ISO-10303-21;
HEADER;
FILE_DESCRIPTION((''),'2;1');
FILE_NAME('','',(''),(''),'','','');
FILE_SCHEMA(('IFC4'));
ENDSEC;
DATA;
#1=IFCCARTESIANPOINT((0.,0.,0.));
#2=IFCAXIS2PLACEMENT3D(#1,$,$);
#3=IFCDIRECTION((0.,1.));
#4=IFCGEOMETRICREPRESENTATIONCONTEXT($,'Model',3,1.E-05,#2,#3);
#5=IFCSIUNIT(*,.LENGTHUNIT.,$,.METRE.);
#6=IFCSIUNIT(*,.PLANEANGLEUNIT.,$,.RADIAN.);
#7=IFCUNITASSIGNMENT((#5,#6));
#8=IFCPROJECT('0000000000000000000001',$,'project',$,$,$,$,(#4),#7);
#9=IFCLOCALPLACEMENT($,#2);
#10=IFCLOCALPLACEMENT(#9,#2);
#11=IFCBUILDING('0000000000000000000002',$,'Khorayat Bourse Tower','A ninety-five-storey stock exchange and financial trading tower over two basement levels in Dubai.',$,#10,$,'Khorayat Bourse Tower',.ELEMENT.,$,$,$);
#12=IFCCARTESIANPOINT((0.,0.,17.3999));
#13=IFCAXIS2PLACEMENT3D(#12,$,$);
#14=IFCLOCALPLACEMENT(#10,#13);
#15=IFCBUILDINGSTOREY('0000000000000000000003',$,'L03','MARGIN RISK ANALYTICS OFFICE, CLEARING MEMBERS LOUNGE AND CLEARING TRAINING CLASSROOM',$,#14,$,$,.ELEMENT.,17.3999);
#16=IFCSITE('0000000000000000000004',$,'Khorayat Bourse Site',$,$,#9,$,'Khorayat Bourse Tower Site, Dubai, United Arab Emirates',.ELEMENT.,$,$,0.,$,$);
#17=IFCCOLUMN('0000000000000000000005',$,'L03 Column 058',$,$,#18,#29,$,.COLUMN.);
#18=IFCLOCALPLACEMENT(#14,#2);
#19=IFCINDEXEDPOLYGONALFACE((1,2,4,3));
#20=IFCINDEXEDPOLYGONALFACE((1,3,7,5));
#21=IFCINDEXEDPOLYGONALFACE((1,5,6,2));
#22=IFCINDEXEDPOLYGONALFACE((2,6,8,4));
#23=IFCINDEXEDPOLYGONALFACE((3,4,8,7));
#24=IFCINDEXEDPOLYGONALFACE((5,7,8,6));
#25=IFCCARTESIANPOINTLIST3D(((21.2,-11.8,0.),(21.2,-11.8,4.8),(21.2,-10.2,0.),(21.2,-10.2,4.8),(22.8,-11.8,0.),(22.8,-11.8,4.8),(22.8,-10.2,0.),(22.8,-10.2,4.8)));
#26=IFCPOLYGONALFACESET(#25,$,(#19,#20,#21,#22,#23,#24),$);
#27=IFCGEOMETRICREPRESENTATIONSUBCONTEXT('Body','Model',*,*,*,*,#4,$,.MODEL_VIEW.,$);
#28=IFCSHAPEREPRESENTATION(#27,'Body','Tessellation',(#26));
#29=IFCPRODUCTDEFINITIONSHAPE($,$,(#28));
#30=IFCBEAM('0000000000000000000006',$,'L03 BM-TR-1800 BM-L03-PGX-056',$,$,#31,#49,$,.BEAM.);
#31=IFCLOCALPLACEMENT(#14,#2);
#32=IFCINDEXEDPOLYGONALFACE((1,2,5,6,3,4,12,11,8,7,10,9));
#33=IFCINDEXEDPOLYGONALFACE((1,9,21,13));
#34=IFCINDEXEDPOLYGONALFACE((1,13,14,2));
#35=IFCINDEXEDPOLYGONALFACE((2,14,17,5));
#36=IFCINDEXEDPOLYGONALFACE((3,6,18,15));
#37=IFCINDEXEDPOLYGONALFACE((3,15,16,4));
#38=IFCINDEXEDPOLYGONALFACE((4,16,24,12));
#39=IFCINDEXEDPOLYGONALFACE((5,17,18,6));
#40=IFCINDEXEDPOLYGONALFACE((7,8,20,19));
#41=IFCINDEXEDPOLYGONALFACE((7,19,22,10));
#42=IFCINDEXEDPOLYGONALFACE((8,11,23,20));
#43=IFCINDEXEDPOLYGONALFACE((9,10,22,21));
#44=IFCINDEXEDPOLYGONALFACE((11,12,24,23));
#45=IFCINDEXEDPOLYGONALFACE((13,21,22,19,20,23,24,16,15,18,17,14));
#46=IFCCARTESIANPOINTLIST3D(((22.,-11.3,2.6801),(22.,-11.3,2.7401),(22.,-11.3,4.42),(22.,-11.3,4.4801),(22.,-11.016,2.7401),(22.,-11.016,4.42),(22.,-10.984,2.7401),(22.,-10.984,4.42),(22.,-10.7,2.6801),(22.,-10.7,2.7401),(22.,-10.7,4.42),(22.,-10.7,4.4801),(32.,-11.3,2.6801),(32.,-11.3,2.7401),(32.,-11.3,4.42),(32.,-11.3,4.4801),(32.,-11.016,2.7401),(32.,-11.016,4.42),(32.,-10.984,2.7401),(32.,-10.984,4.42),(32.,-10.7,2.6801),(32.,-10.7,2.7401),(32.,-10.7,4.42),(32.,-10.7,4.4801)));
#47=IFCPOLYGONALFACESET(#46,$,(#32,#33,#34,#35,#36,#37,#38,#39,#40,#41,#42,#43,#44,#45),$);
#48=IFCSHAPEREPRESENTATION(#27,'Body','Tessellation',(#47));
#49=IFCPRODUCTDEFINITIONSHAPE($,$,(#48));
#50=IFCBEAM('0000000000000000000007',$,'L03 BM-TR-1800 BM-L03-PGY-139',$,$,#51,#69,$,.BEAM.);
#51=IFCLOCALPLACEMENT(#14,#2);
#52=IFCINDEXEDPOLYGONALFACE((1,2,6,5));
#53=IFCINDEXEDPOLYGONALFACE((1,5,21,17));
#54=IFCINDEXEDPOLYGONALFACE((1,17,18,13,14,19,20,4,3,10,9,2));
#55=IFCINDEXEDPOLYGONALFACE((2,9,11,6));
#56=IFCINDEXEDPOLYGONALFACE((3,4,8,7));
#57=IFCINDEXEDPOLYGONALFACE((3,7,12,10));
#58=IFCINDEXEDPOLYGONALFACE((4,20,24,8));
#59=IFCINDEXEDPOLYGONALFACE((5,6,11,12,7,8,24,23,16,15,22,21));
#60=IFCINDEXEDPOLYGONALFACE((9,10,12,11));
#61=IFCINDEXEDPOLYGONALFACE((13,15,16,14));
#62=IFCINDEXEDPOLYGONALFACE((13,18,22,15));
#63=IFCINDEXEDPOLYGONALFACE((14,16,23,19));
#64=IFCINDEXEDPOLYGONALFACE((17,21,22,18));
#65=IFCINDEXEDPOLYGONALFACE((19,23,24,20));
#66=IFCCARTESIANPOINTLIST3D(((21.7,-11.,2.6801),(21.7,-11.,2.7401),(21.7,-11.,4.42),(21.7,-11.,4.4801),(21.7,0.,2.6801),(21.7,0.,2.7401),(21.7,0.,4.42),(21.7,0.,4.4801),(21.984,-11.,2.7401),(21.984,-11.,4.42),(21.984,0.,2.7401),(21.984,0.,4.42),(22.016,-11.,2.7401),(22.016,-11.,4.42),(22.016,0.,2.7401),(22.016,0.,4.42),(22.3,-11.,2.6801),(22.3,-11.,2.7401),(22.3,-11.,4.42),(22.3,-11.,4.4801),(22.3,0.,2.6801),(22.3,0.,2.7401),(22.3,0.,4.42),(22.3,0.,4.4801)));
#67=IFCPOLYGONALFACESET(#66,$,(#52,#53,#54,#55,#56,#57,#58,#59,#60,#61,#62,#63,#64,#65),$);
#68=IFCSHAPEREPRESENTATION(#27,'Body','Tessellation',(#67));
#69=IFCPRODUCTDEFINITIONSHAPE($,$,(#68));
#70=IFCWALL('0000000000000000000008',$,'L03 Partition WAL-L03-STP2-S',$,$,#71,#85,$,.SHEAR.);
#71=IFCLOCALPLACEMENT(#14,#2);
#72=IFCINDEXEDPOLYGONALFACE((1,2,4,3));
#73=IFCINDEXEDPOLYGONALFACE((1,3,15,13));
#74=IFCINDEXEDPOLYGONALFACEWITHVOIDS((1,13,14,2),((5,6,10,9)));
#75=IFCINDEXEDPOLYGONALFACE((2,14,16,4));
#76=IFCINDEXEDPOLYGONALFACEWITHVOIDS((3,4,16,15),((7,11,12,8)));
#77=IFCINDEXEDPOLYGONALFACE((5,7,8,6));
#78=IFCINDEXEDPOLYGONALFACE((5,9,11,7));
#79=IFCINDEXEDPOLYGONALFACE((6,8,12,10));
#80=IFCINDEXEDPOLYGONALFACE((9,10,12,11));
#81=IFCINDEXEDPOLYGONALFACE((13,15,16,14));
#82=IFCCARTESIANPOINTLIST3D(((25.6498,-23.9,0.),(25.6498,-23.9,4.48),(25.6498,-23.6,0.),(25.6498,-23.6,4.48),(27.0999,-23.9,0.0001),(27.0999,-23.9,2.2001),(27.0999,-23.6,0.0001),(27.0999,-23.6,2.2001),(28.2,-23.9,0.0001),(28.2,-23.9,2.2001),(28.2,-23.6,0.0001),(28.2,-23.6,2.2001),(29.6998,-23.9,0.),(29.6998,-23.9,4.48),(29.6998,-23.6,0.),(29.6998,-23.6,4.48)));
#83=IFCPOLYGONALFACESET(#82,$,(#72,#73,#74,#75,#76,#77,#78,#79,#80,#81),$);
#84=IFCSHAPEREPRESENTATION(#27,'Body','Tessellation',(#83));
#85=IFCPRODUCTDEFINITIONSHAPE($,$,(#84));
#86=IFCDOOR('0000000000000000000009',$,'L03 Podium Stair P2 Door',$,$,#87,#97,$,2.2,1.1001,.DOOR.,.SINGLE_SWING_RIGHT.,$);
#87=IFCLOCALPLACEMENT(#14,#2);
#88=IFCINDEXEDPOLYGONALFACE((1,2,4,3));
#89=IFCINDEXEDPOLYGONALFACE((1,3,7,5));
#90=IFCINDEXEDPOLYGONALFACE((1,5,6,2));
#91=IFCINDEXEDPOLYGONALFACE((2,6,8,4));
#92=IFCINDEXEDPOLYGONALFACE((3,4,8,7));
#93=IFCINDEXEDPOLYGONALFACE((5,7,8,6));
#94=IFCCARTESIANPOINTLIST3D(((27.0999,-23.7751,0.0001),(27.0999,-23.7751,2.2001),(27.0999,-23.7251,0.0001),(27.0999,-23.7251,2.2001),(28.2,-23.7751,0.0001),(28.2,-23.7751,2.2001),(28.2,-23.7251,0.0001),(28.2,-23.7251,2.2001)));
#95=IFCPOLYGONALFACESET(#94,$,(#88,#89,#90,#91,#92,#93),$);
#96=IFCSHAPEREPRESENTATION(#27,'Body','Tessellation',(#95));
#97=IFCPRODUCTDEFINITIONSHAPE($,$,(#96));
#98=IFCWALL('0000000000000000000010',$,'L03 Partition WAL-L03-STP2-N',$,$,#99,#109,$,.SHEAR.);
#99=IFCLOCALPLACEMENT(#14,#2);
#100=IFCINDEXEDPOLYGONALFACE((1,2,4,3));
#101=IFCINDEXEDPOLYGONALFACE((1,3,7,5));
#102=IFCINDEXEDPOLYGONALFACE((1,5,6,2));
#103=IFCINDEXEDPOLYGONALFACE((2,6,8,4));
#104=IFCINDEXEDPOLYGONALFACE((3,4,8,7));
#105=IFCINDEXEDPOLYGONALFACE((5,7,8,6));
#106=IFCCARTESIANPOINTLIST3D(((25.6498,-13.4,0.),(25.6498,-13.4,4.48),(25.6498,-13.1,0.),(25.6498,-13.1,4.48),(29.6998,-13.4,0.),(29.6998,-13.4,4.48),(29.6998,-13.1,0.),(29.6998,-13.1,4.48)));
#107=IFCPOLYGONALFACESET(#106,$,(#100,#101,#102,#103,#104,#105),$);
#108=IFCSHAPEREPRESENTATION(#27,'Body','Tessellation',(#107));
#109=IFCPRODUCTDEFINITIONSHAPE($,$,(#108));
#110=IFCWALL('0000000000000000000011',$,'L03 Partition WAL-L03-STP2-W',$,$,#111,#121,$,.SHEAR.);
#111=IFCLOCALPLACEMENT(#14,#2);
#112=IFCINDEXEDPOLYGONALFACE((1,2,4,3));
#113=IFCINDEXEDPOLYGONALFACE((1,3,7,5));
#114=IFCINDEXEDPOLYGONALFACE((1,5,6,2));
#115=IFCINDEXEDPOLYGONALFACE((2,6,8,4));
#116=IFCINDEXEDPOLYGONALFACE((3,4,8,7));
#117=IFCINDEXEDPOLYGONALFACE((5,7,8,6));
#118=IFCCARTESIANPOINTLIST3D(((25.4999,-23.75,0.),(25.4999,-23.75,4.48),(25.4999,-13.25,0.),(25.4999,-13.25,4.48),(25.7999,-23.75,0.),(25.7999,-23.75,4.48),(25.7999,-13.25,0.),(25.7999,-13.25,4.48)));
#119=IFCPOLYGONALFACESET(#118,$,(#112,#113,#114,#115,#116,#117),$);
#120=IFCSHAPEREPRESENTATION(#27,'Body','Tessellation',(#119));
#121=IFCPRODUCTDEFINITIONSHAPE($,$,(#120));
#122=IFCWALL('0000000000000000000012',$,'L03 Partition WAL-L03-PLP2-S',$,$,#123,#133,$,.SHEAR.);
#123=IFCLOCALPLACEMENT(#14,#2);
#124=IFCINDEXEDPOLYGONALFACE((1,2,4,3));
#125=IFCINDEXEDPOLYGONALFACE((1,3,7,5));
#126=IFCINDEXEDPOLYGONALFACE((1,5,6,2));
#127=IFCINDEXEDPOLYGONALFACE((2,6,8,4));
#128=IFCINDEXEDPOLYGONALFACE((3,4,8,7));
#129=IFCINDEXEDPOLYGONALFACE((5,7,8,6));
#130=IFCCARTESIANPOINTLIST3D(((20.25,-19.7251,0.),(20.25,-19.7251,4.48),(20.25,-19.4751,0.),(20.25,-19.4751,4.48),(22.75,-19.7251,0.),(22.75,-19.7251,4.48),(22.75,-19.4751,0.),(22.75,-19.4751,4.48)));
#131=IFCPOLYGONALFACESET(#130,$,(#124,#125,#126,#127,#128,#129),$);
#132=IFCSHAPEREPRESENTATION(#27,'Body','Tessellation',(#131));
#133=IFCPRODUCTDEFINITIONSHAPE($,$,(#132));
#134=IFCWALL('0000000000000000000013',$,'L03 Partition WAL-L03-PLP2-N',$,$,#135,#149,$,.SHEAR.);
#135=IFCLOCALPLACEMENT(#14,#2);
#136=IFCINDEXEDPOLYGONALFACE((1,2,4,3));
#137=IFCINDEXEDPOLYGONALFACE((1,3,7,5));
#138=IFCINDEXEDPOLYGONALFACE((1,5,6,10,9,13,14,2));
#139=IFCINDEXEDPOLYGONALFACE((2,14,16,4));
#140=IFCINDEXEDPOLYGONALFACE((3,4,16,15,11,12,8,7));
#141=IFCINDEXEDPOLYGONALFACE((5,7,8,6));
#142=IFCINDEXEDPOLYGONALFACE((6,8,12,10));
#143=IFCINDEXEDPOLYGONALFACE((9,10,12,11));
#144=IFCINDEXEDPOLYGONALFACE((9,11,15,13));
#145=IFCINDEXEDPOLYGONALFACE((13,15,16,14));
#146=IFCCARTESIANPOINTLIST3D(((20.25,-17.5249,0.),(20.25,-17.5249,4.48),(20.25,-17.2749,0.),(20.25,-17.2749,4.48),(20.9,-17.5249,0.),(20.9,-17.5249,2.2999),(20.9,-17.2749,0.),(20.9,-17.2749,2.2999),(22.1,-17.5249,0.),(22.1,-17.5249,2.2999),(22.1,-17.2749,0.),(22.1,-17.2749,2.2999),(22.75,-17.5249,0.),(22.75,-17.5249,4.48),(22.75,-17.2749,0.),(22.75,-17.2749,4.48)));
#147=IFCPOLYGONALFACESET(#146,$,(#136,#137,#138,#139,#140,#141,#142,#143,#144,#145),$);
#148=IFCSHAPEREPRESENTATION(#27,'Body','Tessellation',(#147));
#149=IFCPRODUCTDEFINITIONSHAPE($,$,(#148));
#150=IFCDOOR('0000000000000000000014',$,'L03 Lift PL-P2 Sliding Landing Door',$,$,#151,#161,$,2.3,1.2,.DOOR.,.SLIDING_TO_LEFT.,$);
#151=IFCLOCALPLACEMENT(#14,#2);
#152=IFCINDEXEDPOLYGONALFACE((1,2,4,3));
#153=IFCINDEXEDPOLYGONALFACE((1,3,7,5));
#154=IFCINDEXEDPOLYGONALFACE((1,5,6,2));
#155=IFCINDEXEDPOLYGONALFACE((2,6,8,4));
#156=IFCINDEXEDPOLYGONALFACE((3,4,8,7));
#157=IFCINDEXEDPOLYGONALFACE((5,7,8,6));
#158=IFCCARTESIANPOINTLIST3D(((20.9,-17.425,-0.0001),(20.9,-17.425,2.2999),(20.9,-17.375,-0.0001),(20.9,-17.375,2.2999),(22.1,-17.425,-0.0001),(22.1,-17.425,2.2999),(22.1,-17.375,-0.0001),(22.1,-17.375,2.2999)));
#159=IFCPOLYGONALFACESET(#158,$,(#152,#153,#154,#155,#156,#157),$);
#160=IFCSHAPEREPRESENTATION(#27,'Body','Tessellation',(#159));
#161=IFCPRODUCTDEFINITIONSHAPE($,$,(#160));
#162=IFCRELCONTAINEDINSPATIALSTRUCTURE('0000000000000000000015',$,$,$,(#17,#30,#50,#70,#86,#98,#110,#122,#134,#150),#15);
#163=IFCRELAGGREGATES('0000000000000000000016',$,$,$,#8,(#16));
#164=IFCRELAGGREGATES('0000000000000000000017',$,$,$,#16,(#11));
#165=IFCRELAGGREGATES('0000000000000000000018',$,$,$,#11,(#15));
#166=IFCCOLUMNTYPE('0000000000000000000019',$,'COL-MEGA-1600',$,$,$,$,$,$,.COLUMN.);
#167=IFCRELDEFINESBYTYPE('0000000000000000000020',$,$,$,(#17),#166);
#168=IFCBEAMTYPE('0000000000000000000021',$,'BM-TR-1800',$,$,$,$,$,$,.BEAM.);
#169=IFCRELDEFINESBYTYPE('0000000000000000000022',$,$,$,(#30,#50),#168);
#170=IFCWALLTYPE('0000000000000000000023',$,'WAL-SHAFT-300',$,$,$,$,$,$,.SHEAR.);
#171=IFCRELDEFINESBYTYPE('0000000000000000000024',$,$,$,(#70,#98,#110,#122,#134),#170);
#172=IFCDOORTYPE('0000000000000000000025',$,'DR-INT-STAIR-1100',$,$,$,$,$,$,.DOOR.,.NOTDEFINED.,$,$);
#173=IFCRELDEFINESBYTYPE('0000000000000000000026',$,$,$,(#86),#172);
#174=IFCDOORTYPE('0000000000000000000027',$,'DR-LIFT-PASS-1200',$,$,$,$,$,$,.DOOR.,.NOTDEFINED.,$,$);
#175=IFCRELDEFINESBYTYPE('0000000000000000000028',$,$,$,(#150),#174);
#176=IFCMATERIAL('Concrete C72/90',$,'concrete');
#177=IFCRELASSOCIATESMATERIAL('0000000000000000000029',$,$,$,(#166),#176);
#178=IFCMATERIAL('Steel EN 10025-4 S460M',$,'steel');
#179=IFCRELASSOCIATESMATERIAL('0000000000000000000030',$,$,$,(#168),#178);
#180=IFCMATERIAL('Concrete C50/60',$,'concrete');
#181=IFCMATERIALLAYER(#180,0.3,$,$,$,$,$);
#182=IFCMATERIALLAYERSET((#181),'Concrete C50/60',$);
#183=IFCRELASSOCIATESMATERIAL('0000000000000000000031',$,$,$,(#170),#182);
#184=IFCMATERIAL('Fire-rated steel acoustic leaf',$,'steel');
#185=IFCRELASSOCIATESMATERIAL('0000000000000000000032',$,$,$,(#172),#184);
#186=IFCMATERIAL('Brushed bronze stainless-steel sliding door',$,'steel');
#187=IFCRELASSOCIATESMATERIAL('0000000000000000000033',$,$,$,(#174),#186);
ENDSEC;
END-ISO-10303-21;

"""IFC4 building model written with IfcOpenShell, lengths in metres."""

from ifc_helpers import new_model, si_unit, direction, frame, frame_2d, origin, origin_2d, place, context, subcontext, project, spatial, rectangle, i_section, extrude, source, transform, mapped, material, layer, layer_set, material_profile, profile_set, type_object, element, fill, save


model = new_model("IFC4")

# Units and contexts
model_context = context("Model", 3, precision=1e-05, world=origin(), true_north=direction((0.0, 1.0)))
body_context = subcontext(model_context, "Body", "Model", "MODEL_VIEW")
ifc_project = project(units=[si_unit("LENGTHUNIT", "METRE"), si_unit("PLANEANGLEUNIT", "RADIAN")], contexts=[model_context])

# Site, building, storey
site_placement = place(None, origin())
site = spatial("IfcSite", under=ifc_project, at=site_placement, Name="Khorayat Bourse Site", LongName="Khorayat Bourse Tower Site, Dubai, United Arab Emirates", CompositionType="ELEMENT", RefElevation=0.0)
building_placement = place(site_placement, origin())
building = spatial("IfcBuilding", under=site, at=building_placement, Name="Khorayat Bourse Tower", Description="A ninety-five-storey stock exchange and financial trading tower over two basement levels in Dubai.", LongName="Khorayat Bourse Tower", CompositionType="ELEMENT")
storey_placement = place(building_placement, frame((0.0, 0.0, 17.3999)))
storey = spatial("IfcBuildingStorey", under=building, at=storey_placement, Name="L03", Description="MARGIN RISK ANALYTICS OFFICE, CLEARING MEMBERS LOUNGE AND CLEARING TRAINING CLASSROOM", CompositionType="ELEMENT", Elevation=17.3999)

# Column
ifc_material_1 = material(Name="Concrete C72/90", Category="concrete")
ifc_material_profile_1 = material_profile(ifc_material_1, rectangle(XDim=1.6001, YDim=1.6001, at=origin_2d()), Name="RC 1600x1600")
ifc_profile_set_1 = profile_set([ifc_material_profile_1], Name="Concrete C72/90")
column_type = type_object("IfcColumnType", Name="COL-MEGA-1600", PredefinedType="COLUMN", material=ifc_profile_set_1)
shared_shape_1 = source(origin(), body_context, "Body", "SweptSolid", [
    extrude(rectangle(XDim=1.6001, YDim=1.6001, at=origin_2d()), origin(), (0.0, 0.0, 1.0), 4.8),
])
column_placement = place(storey_placement, frame((22.0, -11.0, 0.0), z_axis=(0.0, 0.0, 1.0), x_axis=(1.0, 0.0, 0.0)))
element("IfcColumn", 1, at=column_placement, inside=storey, type_object=column_type, Name="L03 Column 058", PredefinedType="COLUMN", context=body_context, shape_type="MappedRepresentation", body=[
    mapped(shared_shape_1, transform((0.0, 0.0, 0.0), scale=1.0)),
])

# Beams
ifc_material_2 = material(Name="Steel EN 10025-4 S460M", Category="steel")
ifc_material_profile_2 = material_profile(ifc_material_2, i_section(OverallWidth=0.6001, OverallDepth=1.8, WebThickness=0.032, FlangeThickness=0.0601, at=origin_2d()), Name="PG 1800x600x32x60")
ifc_profile_set_2 = profile_set([ifc_material_profile_2], Name="Steel EN 10025-4 S460M")
beam_type = type_object("IfcBeamType", Name="BM-TR-1800", PredefinedType="BEAM", material=ifc_profile_set_2)
shared_shape_2 = source(origin(), body_context, "Body", "SweptSolid", [
    extrude(i_section(OverallWidth=0.6001, OverallDepth=1.8, WebThickness=0.032, FlangeThickness=0.0601, at=origin_2d()), origin(), (0.0, 0.0, 1.0), 10.0),
])
beam_1_placement = place(storey_placement, frame((22.0, -11.0, 3.5801), z_axis=(1.0, 0.0, 0.0), x_axis=(0.0, 1.0, 0.0)))
element("IfcBeam", 2, at=beam_1_placement, inside=storey, type_object=beam_type, Name="L03 BM-TR-1800 BM-L03-PGX-056", PredefinedType="BEAM", context=body_context, shape_type="MappedRepresentation", body=[
    mapped(shared_shape_2, transform((0.0, 0.0, 0.0), scale=1.0)),
])
shared_shape_3 = source(origin(), body_context, "Body", "SweptSolid", [
    extrude(i_section(OverallWidth=0.6001, OverallDepth=1.8, WebThickness=0.032, FlangeThickness=0.0601, at=origin_2d()), origin(), (0.0, 0.0, 1.0), 11.0),
])
beam_2_placement = place(storey_placement, frame((22.0, -11.0, 3.5801), z_axis=(0.0, 1.0, 0.0), x_axis=(-1.0, 0.0, 0.0)))
element("IfcBeam", 3, at=beam_2_placement, inside=storey, type_object=beam_type, Name="L03 BM-TR-1800 BM-L03-PGY-139", PredefinedType="BEAM", context=body_context, shape_type="MappedRepresentation", body=[
    mapped(shared_shape_3, transform((0.0, 0.0, 0.0), scale=1.0)),
])

# Wall, opening, door
ifc_material_3 = material(Name="Concrete C50/60", Category="concrete")
ifc_layer_1 = layer(ifc_material_3, 0.3)
ifc_layer_set_1 = layer_set([ifc_layer_1], Name="Concrete C50/60")
wall_type_1 = type_object("IfcWallType", Name="WAL-SHAFT-300", PredefinedType="SHEAR", material=ifc_layer_set_1)
shared_shape_4 = source(origin(), body_context, "Body", "SweptSolid", [
    extrude(rectangle(XDim=4.05, YDim=0.3, at=frame_2d((2.0249, 0.0))), origin(), (0.0, 0.0, 1.0), 4.48),
])
wall_1_placement = place(storey_placement, frame((25.6499, -23.75, 0.0), z_axis=(0.0, 0.0, 1.0), x_axis=(1.0, 0.0, 0.0)))
wall_1 = element("IfcWall", 4, at=wall_1_placement, inside=storey, type_object=wall_type_1, Name="L03 Partition WAL-L03-STP2-S", PredefinedType="SHEAR", context=body_context, shape_type="MappedRepresentation", body=[
    mapped(shared_shape_4, transform((0.0, 0.0, 0.0), scale=1.0)),
])
shared_shape_5 = source(origin(), body_context, "Body", "SweptSolid", [
    extrude(rectangle(XDim=1.1001, YDim=2.2, at=frame_2d((0.55, 1.1001))), frame((0.0, 0.1599, 0.0), z_axis=(0.0, -1.0, 0.0), x_axis=(1.0, 0.0, 0.0)), (0.0, 0.0, 1.0), 0.3201),
])
opening_1_placement = place(wall_1_placement, frame((1.45, 0.0, 0.0)))
opening_1 = element("IfcOpeningElement", 5, at=opening_1_placement, cuts=wall_1, PredefinedType="OPENING", context=body_context, shape_type="MappedRepresentation", body=[
    mapped(shared_shape_5, transform((0.0, 0.0, 0.0), scale=1.0)),
])
ifc_material_4 = material(Name="Fire-rated steel acoustic leaf", Category="steel")
door_type_1 = type_object("IfcDoorType", Name="DR-INT-STAIR-1100", OperationType="NOTDEFINED", PredefinedType="DOOR", material=ifc_material_4)
shared_shape_6 = source(origin(), body_context, "Body", "SweptSolid", [
    extrude(rectangle(XDim=1.1001, YDim=2.2, at=frame_2d((0.55, 1.1001))), frame((0.0, 0.0249, 0.0), z_axis=(0.0, -1.0, 0.0), x_axis=(1.0, 0.0, 0.0)), (0.0, 0.0, 1.0), 0.05),
])
door_1_placement = place(opening_1_placement, origin())
door_1 = element("IfcDoor", 6, at=door_1_placement, inside=storey, type_object=door_type_1, Name="L03 Podium Stair P2 Door", OperationType="SINGLE_SWING_RIGHT", OverallHeight=2.2, OverallWidth=1.1001, PredefinedType="DOOR", context=body_context, shape_type="MappedRepresentation", body=[
    mapped(shared_shape_6, transform((0.0, 0.0, 0.0), scale=1.0)),
])
fill(opening_1, door_1)

# Walls
wall_2_placement = place(storey_placement, frame((25.6499, -13.25, 0.0), z_axis=(0.0, 0.0, 1.0), x_axis=(1.0, 0.0, 0.0)))
element("IfcWall", 7, at=wall_2_placement, inside=storey, type_object=wall_type_1, Name="L03 Partition WAL-L03-STP2-N", PredefinedType="SHEAR", context=body_context, shape_type="MappedRepresentation", body=[
    mapped(shared_shape_4, transform((0.0, 0.0, 0.0), scale=1.0)),
])
shared_shape_7 = source(origin(), body_context, "Body", "SweptSolid", [
    extrude(rectangle(XDim=10.5, YDim=0.3, at=frame_2d((5.25, 0.0))), origin(), (0.0, 0.0, 1.0), 4.48),
])
wall_3_placement = place(storey_placement, frame((25.6499, -23.75, 0.0), z_axis=(0.0, 0.0, 1.0), x_axis=(0.0, 1.0, 0.0)))
element("IfcWall", 8, at=wall_3_placement, inside=storey, type_object=wall_type_1, Name="L03 Partition WAL-L03-STP2-W", PredefinedType="SHEAR", context=body_context, shape_type="MappedRepresentation", body=[
    mapped(shared_shape_7, transform((0.0, 0.0, 0.0), scale=1.0)),
])
shared_shape_8 = source(origin(), body_context, "Body", "SweptSolid", [
    extrude(rectangle(XDim=2.5, YDim=0.25, at=frame_2d((1.25, 0.0))), origin(), (0.0, 0.0, 1.0), 4.48),
])
wall_4_placement = place(storey_placement, frame((20.25, -19.6001, 0.0), z_axis=(0.0, 0.0, 1.0), x_axis=(1.0, 0.0, 0.0)))
element("IfcWall", 9, at=wall_4_placement, inside=storey, type_object=wall_type_1, Name="L03 Partition WAL-L03-PLP2-S", PredefinedType="SHEAR", context=body_context, shape_type="MappedRepresentation", body=[
    mapped(shared_shape_8, transform((0.0, 0.0, 0.0), scale=1.0)),
])

# Wall, opening, door
wall_5_placement = place(storey_placement, frame((20.25, -17.3999, 0.0), z_axis=(0.0, 0.0, 1.0), x_axis=(1.0, 0.0, 0.0)))
wall_5 = element("IfcWall", 10, at=wall_5_placement, inside=storey, type_object=wall_type_1, Name="L03 Partition WAL-L03-PLP2-N", PredefinedType="SHEAR", context=body_context, shape_type="MappedRepresentation", body=[
    mapped(shared_shape_8, transform((0.0, 0.0, 0.0), scale=1.0)),
])
shared_shape_9 = source(origin(), body_context, "Body", "SweptSolid", [
    extrude(rectangle(XDim=1.2, YDim=2.3, at=frame_2d((0.6001, 1.1499))), frame((0.0, 0.135, 0.0), z_axis=(0.0, -1.0, 0.0), x_axis=(1.0, 0.0, 0.0)), (0.0, 0.0, 1.0), 0.27),
])
opening_2_placement = place(wall_5_placement, frame((0.6499, 0.0, 0.0)))
opening_2 = element("IfcOpeningElement", 11, at=opening_2_placement, cuts=wall_5, PredefinedType="OPENING", context=body_context, shape_type="MappedRepresentation", body=[
    mapped(shared_shape_9, transform((0.0, 0.0, 0.0), scale=1.0)),
])
ifc_material_5 = material(Name="Brushed bronze stainless-steel sliding door", Category="steel")
door_type_2 = type_object("IfcDoorType", Name="DR-LIFT-PASS-1200", OperationType="NOTDEFINED", PredefinedType="DOOR", material=ifc_material_5)
shared_shape_10 = source(origin(), body_context, "Body", "SweptSolid", [
    extrude(rectangle(XDim=1.2, YDim=2.3, at=frame_2d((0.6001, 1.1499))), frame((0.0, 0.0249, 0.0), z_axis=(0.0, -1.0, 0.0), x_axis=(1.0, 0.0, 0.0)), (0.0, 0.0, 1.0), 0.05),
])
door_2_placement = place(opening_2_placement, origin())
door_2 = element("IfcDoor", 12, at=door_2_placement, inside=storey, type_object=door_type_2, Name="L03 Lift PL-P2 Sliding Landing Door", OperationType="SLIDING_TO_LEFT", OverallHeight=2.3, OverallWidth=1.2, PredefinedType="DOOR", context=body_context, shape_type="MappedRepresentation", body=[
    mapped(shared_shape_10, transform((0.0, 0.0, 0.0), scale=1.0)),
])
fill(opening_2, door_2)

save(model, "model.ifc")
